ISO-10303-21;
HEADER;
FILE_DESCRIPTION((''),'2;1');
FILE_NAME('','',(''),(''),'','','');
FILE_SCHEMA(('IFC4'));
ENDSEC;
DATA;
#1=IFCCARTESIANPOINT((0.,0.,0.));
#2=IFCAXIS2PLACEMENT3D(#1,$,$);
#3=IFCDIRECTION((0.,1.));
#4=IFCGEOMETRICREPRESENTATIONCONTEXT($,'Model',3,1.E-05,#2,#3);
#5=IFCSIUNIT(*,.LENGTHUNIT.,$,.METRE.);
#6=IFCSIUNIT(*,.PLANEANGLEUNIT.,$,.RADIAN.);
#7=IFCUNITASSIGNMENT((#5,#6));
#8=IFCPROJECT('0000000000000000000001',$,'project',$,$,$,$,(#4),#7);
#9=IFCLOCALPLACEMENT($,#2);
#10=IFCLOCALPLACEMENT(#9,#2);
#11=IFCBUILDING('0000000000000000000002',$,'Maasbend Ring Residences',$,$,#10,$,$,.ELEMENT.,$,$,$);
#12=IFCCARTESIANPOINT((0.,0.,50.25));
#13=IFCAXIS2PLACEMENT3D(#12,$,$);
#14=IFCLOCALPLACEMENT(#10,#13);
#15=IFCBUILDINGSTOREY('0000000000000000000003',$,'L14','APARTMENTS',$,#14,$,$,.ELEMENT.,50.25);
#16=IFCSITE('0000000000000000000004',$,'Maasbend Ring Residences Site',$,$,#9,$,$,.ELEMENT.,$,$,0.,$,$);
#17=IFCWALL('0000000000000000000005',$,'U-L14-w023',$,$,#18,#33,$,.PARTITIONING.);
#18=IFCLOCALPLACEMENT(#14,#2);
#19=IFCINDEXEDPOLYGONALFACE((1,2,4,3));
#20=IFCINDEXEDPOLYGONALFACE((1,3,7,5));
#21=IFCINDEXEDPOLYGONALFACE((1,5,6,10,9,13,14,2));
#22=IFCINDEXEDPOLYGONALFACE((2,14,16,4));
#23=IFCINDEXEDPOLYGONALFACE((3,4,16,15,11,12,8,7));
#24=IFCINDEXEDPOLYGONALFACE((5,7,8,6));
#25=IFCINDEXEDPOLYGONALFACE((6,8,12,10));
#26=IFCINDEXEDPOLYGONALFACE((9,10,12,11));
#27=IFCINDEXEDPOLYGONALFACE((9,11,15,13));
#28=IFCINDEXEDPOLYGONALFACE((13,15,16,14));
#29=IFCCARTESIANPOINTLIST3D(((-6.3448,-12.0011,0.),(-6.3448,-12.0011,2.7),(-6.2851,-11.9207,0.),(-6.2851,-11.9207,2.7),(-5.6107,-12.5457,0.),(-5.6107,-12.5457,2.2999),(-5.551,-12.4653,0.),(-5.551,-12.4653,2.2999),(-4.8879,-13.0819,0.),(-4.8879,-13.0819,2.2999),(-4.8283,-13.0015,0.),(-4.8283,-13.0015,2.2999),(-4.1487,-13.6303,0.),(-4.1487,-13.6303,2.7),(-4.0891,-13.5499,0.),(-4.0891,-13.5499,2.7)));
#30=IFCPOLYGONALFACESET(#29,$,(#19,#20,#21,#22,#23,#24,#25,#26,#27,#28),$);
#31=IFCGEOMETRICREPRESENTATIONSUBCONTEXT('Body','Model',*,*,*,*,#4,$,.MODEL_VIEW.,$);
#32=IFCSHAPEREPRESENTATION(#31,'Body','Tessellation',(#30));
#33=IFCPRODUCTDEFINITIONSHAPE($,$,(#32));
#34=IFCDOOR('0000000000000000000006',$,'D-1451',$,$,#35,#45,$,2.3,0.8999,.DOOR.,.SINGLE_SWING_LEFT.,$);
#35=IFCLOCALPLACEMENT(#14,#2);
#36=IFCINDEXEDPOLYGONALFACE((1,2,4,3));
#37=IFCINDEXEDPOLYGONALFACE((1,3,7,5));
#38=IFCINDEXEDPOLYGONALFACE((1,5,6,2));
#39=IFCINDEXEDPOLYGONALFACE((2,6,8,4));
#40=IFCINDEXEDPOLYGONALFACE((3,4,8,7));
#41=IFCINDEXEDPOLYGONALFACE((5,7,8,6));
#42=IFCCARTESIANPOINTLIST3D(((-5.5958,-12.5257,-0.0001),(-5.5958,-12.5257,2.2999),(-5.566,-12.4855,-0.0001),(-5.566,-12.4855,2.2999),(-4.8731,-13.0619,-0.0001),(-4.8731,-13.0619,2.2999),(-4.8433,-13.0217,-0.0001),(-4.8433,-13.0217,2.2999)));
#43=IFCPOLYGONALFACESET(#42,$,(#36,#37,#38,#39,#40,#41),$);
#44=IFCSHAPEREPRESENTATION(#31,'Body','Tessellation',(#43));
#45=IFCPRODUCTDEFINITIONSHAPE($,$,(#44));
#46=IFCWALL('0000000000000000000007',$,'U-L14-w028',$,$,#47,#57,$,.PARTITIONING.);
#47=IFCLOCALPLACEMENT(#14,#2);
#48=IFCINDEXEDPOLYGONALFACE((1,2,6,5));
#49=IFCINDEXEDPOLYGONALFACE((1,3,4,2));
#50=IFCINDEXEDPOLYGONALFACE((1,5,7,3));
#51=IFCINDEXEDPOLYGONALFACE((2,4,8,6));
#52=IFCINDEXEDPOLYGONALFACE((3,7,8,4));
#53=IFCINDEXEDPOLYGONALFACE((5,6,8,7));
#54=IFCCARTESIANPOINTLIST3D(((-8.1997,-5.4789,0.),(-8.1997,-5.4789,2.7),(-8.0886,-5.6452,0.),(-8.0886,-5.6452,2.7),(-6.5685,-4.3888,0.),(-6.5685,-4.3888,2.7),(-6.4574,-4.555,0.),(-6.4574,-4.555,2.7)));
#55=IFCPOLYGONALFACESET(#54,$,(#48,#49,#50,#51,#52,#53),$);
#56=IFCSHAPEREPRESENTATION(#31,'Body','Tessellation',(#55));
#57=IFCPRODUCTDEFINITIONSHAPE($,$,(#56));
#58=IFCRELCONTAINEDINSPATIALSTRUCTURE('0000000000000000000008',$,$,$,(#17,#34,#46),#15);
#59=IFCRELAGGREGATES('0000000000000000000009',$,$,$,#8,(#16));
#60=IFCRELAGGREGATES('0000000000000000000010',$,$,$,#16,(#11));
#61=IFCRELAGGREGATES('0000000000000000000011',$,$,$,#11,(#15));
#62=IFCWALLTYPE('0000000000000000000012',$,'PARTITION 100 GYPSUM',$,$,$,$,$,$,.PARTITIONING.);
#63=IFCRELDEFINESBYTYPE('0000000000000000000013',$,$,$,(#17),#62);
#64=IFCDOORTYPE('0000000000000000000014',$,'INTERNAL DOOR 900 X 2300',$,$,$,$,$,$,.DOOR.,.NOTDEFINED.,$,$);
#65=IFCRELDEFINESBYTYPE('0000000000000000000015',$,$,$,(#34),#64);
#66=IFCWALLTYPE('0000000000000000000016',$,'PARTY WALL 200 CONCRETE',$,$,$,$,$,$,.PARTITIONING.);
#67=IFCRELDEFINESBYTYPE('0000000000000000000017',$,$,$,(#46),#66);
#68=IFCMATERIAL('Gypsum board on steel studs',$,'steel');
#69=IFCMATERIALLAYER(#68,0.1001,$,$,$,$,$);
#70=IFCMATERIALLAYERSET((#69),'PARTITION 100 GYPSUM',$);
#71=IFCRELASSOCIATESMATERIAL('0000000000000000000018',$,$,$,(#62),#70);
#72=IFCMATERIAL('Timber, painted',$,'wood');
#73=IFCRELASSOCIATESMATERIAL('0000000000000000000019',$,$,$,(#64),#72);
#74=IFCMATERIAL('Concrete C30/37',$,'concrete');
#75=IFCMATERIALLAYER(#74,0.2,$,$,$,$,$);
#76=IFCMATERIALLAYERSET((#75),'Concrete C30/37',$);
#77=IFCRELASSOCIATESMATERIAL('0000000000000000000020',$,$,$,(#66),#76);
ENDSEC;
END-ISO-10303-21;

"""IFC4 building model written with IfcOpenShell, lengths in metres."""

from ifc_helpers import new_model, si_unit, direction, frame, frame_2d, origin, place, context, subcontext, project, spatial, rectangle, extrude, material, layer, layer_set, type_object, element, fill, save


model = new_model("IFC4")

# Units and contexts
model_context = context("Model", 3, precision=1e-05, world=origin(), true_north=direction((0.0, 1.0)))
body_context = subcontext(model_context, "Body", "Model", "MODEL_VIEW")
ifc_project = project(units=[si_unit("LENGTHUNIT", "METRE"), si_unit("PLANEANGLEUNIT", "RADIAN")], contexts=[model_context])

# Site, building, storey
site_placement = place(None, origin())
site = spatial("IfcSite", under=ifc_project, at=site_placement, Name="Maasbend Ring Residences Site", CompositionType="ELEMENT", RefElevation=0.0)
building_placement = place(site_placement, origin())
building = spatial("IfcBuilding", under=site, at=building_placement, Name="Maasbend Ring Residences", CompositionType="ELEMENT")
storey_placement = place(building_placement, frame((0.0, 0.0, 50.25)))
storey = spatial("IfcBuildingStorey", under=building, at=storey_placement, Name="L14", Description="APARTMENTS", CompositionType="ELEMENT", Elevation=50.25)

# Wall, opening, door
ifc_material_1 = material(Name="Gypsum board on steel studs", Category="steel")
ifc_layer_1 = layer(ifc_material_1, 0.1001)
ifc_layer_set_1 = layer_set([ifc_layer_1], Name="PARTITION 100 GYPSUM")
wall_type_1 = type_object("IfcWallType", Name="PARTITION 100 GYPSUM", PredefinedType="PARTITIONING", material=ifc_layer_set_1)
wall_1_placement = place(storey_placement, frame((-6.3149, -11.9609, 0.0), z_axis=(0.0, 0.0, 1.0), x_axis=(0.803128, -0.595806, 0.0)))
wall_1 = element("IfcWall", 1, at=wall_1_placement, inside=storey, type_object=wall_type_1, Name="U-L14-w023", PredefinedType="PARTITIONING", context=body_context, shape_type="SweptSolid", body=[
    extrude(rectangle(XDim=2.7344, YDim=0.1001, at=frame_2d((1.3672, 0.0))), origin(), (0.0, 0.0, 1.0), 2.7),
])
opening_placement = place(wall_1_placement, frame((0.9141, 0.0, 0.0)))
opening = element("IfcOpeningElement", 2, at=opening_placement, cuts=wall_1, PredefinedType="OPENING", context=body_context, shape_type="SweptSolid", body=[
    extrude(rectangle(XDim=0.8999, YDim=2.3, at=frame_2d((0.45, 1.1499))), frame((0.0, 0.0601, 0.0), z_axis=(0.0, -1.0, 0.0), x_axis=(1.0, 0.0, 0.0)), (0.0, 0.0, 1.0), 0.1201),
])
ifc_material_2 = material(Name="Timber, painted", Category="wood")
door_type = type_object("IfcDoorType", Name="INTERNAL DOOR 900 X 2300", OperationType="NOTDEFINED", PredefinedType="DOOR", material=ifc_material_2)
door_placement = place(opening_placement, origin())
door = element("IfcDoor", 3, at=door_placement, inside=storey, type_object=door_type, Name="D-1451", OperationType="SINGLE_SWING_LEFT", OverallHeight=2.3, OverallWidth=0.8999, PredefinedType="DOOR", context=body_context, shape_type="SweptSolid", body=[
    extrude(rectangle(XDim=0.8999, YDim=2.3, at=frame_2d((0.45, 1.1499))), frame((0.0, 0.0249, 0.0), z_axis=(0.0, -1.0, 0.0), x_axis=(1.0, 0.0, 0.0)), (0.0, 0.0, 1.0), 0.05),
])
fill(opening, door)

# Wall
ifc_material_3 = material(Name="Concrete C30/37", Category="concrete")
ifc_layer_2 = layer(ifc_material_3, 0.2)
ifc_layer_set_2 = layer_set([ifc_layer_2], Name="Concrete C30/37")
wall_type_2 = type_object("IfcWallType", Name="PARTY WALL 200 CONCRETE", PredefinedType="PARTITIONING", material=ifc_layer_set_2)
wall_2_placement = place(storey_placement, frame((-6.5129, -4.4719, 0.0), z_axis=(0.0, 0.0, 1.0), x_axis=(-0.831418, -0.555648, 0.0)))
element("IfcWall", 4, at=wall_2_placement, inside=storey, type_object=wall_type_2, Name="U-L14-w028", PredefinedType="PARTITIONING", context=body_context, shape_type="SweptSolid", body=[
    extrude(rectangle(XDim=1.9619, YDim=0.2, at=frame_2d((0.981, 0.0))), origin(), (0.0, 0.0, 1.0), 2.7),
])

save(model, "model.ifc")
